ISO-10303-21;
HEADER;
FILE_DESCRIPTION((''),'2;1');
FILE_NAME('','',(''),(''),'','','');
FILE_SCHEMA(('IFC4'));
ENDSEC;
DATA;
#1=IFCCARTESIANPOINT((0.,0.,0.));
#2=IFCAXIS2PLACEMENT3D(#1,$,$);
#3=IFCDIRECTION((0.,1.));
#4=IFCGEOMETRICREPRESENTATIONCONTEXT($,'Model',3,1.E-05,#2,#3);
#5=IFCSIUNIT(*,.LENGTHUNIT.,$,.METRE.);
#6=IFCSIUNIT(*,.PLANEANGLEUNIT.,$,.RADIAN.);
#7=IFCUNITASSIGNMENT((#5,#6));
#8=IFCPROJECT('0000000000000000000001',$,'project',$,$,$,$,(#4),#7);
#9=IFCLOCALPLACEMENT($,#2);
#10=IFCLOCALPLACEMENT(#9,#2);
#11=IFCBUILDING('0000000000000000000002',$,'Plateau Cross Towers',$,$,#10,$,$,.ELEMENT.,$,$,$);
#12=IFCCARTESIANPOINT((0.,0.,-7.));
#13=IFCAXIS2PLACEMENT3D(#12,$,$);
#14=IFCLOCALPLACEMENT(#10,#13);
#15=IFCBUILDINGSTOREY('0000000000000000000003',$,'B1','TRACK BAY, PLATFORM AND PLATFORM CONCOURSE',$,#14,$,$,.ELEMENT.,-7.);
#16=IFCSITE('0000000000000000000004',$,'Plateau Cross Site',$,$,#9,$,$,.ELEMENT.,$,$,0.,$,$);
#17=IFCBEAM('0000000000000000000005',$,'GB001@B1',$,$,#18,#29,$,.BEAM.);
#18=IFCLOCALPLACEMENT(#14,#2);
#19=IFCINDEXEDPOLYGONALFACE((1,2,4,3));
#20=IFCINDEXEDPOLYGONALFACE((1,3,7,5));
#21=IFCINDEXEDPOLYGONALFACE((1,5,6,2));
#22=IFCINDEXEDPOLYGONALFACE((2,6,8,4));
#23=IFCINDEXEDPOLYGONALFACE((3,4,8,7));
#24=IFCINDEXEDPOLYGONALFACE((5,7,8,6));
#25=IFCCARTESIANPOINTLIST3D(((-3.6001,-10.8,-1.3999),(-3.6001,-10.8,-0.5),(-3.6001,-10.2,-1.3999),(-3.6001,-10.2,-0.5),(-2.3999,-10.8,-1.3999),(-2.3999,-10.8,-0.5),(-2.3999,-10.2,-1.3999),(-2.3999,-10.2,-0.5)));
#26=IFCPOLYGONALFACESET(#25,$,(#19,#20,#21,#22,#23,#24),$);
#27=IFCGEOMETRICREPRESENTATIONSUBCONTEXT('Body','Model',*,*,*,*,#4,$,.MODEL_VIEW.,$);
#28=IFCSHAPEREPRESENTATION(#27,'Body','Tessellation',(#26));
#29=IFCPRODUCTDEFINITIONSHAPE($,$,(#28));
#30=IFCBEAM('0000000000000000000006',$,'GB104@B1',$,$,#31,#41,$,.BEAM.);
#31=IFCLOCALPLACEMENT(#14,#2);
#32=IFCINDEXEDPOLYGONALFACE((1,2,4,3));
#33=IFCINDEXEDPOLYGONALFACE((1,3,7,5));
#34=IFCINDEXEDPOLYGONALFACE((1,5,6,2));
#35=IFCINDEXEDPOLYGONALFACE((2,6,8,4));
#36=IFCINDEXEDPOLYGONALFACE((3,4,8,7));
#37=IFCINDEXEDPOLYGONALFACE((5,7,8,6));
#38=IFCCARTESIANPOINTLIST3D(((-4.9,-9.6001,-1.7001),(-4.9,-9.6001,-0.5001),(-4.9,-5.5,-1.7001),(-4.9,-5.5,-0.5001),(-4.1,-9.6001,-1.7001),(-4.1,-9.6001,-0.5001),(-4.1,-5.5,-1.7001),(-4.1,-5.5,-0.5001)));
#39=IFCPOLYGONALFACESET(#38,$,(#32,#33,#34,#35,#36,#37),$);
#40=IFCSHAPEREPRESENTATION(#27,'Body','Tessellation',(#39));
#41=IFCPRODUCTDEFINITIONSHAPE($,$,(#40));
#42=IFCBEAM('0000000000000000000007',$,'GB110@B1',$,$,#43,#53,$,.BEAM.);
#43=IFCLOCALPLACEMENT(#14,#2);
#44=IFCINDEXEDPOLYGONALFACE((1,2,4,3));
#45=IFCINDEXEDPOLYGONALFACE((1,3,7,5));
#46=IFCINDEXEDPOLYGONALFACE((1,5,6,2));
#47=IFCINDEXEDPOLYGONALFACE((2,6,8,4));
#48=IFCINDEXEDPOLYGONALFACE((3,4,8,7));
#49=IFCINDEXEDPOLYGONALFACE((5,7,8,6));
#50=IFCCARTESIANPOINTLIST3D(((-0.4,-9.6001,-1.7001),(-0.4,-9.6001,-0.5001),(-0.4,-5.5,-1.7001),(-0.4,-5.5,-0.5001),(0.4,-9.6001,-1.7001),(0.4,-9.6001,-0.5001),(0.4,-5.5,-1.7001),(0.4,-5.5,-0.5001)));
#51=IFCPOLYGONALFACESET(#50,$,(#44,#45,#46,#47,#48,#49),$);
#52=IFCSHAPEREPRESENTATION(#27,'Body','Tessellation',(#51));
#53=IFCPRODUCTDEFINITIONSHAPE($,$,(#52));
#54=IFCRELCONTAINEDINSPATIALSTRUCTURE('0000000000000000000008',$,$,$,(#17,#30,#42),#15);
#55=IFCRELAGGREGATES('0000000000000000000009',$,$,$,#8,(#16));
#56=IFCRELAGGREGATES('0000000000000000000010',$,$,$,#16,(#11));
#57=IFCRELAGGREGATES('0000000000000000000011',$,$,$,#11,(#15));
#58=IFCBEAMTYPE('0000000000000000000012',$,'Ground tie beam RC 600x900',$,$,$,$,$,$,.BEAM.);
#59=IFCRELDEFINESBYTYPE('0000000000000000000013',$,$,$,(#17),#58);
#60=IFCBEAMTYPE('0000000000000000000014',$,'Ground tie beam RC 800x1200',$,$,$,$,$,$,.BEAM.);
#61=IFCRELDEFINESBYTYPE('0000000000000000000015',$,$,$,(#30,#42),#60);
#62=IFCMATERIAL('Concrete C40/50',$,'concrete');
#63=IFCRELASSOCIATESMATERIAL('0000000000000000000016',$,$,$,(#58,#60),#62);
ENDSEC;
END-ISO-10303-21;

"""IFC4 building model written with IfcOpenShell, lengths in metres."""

from ifc_helpers import new_model, si_unit, direction, frame, origin, origin_2d, place, context, subcontext, project, spatial, rectangle, extrude, material, material_profile, profile_set, type_object, element, save


model = new_model("IFC4")

# Units and contexts
model_context = context("Model", 3, precision=1e-05, world=origin(), true_north=direction((0.0, 1.0)))
body_context = subcontext(model_context, "Body", "Model", "MODEL_VIEW")
ifc_project = project(units=[si_unit("LENGTHUNIT", "METRE"), si_unit("PLANEANGLEUNIT", "RADIAN")], contexts=[model_context])

# Site, building, storey
site_placement = place(None, origin())
site = spatial("IfcSite", under=ifc_project, at=site_placement, Name="Plateau Cross Site", CompositionType="ELEMENT", RefElevation=0.0)
building_placement = place(site_placement, origin())
building = spatial("IfcBuilding", under=site, at=building_placement, Name="Plateau Cross Towers", CompositionType="ELEMENT")
storey_placement = place(building_placement, frame((0.0, 0.0, -7.0)))
storey = spatial("IfcBuildingStorey", under=building, at=storey_placement, Name="B1", Description="TRACK BAY, PLATFORM AND PLATFORM CONCOURSE", CompositionType="ELEMENT", Elevation=-7.0)

# Shared definitions
ifc_material_1 = material(Name="Concrete C40/50", Category="concrete")

# Beams
ifc_material_profile_1 = material_profile(ifc_material_1, rectangle(XDim=0.6001, YDim=0.8999, at=origin_2d()), Name="RC 600x900")
ifc_profile_set_1 = profile_set([ifc_material_profile_1], Name="Concrete C40/50")
beam_type_1 = type_object("IfcBeamType", Name="Ground tie beam RC 600x900", PredefinedType="BEAM", material=ifc_profile_set_1)
beam_placement = place(storey_placement, frame((-3.6001, -10.5, -0.95), z_axis=(1.0, 0.0, 0.0), x_axis=(0.0, 1.0, 0.0)))
element("IfcBeam", 1, at=beam_placement, inside=storey, type_object=beam_type_1, Name="GB001@B1", PredefinedType="BEAM", context=body_context, shape_type="SweptSolid", body=[
    extrude(rectangle(XDim=0.6001, YDim=0.8999, at=origin_2d()), origin(), (0.0, 0.0, 1.0), 1.2002),
])
ifc_material_profile_2 = material_profile(ifc_material_1, rectangle(XDim=0.8, YDim=1.2, at=origin_2d()), Name="RC 800x1200")
ifc_profile_set_2 = profile_set([ifc_material_profile_2], Name="Concrete C40/50")
beam_type_2 = type_object("IfcBeamType", Name="Ground tie beam RC 800x1200", PredefinedType="BEAM", material=ifc_profile_set_2)
for number, where, z_axis, x_axis, name in (
    (2, (-4.5, -9.6001, -1.1001), (0.0, 1.0, 0.0), (-1.0, 0.0, 0.0), "GB104@B1"),
    (3, (0.0, -9.6001, -1.1001), (0.0, 1.0, 0.0), (-1.0, 0.0, 0.0), "GB110@B1"),
):
    element("IfcBeam", number, at=place(storey_placement, frame(where, z_axis=z_axis, x_axis=x_axis)), inside=storey, type_object=beam_type_2, Name=name, PredefinedType="BEAM", context=body_context, shape_type="SweptSolid", body=[
        extrude(rectangle(XDim=0.8, YDim=1.2, at=origin_2d()), origin(), (0.0, 0.0, 1.0), 4.1001),
    ])

save(model, "model.ifc")
